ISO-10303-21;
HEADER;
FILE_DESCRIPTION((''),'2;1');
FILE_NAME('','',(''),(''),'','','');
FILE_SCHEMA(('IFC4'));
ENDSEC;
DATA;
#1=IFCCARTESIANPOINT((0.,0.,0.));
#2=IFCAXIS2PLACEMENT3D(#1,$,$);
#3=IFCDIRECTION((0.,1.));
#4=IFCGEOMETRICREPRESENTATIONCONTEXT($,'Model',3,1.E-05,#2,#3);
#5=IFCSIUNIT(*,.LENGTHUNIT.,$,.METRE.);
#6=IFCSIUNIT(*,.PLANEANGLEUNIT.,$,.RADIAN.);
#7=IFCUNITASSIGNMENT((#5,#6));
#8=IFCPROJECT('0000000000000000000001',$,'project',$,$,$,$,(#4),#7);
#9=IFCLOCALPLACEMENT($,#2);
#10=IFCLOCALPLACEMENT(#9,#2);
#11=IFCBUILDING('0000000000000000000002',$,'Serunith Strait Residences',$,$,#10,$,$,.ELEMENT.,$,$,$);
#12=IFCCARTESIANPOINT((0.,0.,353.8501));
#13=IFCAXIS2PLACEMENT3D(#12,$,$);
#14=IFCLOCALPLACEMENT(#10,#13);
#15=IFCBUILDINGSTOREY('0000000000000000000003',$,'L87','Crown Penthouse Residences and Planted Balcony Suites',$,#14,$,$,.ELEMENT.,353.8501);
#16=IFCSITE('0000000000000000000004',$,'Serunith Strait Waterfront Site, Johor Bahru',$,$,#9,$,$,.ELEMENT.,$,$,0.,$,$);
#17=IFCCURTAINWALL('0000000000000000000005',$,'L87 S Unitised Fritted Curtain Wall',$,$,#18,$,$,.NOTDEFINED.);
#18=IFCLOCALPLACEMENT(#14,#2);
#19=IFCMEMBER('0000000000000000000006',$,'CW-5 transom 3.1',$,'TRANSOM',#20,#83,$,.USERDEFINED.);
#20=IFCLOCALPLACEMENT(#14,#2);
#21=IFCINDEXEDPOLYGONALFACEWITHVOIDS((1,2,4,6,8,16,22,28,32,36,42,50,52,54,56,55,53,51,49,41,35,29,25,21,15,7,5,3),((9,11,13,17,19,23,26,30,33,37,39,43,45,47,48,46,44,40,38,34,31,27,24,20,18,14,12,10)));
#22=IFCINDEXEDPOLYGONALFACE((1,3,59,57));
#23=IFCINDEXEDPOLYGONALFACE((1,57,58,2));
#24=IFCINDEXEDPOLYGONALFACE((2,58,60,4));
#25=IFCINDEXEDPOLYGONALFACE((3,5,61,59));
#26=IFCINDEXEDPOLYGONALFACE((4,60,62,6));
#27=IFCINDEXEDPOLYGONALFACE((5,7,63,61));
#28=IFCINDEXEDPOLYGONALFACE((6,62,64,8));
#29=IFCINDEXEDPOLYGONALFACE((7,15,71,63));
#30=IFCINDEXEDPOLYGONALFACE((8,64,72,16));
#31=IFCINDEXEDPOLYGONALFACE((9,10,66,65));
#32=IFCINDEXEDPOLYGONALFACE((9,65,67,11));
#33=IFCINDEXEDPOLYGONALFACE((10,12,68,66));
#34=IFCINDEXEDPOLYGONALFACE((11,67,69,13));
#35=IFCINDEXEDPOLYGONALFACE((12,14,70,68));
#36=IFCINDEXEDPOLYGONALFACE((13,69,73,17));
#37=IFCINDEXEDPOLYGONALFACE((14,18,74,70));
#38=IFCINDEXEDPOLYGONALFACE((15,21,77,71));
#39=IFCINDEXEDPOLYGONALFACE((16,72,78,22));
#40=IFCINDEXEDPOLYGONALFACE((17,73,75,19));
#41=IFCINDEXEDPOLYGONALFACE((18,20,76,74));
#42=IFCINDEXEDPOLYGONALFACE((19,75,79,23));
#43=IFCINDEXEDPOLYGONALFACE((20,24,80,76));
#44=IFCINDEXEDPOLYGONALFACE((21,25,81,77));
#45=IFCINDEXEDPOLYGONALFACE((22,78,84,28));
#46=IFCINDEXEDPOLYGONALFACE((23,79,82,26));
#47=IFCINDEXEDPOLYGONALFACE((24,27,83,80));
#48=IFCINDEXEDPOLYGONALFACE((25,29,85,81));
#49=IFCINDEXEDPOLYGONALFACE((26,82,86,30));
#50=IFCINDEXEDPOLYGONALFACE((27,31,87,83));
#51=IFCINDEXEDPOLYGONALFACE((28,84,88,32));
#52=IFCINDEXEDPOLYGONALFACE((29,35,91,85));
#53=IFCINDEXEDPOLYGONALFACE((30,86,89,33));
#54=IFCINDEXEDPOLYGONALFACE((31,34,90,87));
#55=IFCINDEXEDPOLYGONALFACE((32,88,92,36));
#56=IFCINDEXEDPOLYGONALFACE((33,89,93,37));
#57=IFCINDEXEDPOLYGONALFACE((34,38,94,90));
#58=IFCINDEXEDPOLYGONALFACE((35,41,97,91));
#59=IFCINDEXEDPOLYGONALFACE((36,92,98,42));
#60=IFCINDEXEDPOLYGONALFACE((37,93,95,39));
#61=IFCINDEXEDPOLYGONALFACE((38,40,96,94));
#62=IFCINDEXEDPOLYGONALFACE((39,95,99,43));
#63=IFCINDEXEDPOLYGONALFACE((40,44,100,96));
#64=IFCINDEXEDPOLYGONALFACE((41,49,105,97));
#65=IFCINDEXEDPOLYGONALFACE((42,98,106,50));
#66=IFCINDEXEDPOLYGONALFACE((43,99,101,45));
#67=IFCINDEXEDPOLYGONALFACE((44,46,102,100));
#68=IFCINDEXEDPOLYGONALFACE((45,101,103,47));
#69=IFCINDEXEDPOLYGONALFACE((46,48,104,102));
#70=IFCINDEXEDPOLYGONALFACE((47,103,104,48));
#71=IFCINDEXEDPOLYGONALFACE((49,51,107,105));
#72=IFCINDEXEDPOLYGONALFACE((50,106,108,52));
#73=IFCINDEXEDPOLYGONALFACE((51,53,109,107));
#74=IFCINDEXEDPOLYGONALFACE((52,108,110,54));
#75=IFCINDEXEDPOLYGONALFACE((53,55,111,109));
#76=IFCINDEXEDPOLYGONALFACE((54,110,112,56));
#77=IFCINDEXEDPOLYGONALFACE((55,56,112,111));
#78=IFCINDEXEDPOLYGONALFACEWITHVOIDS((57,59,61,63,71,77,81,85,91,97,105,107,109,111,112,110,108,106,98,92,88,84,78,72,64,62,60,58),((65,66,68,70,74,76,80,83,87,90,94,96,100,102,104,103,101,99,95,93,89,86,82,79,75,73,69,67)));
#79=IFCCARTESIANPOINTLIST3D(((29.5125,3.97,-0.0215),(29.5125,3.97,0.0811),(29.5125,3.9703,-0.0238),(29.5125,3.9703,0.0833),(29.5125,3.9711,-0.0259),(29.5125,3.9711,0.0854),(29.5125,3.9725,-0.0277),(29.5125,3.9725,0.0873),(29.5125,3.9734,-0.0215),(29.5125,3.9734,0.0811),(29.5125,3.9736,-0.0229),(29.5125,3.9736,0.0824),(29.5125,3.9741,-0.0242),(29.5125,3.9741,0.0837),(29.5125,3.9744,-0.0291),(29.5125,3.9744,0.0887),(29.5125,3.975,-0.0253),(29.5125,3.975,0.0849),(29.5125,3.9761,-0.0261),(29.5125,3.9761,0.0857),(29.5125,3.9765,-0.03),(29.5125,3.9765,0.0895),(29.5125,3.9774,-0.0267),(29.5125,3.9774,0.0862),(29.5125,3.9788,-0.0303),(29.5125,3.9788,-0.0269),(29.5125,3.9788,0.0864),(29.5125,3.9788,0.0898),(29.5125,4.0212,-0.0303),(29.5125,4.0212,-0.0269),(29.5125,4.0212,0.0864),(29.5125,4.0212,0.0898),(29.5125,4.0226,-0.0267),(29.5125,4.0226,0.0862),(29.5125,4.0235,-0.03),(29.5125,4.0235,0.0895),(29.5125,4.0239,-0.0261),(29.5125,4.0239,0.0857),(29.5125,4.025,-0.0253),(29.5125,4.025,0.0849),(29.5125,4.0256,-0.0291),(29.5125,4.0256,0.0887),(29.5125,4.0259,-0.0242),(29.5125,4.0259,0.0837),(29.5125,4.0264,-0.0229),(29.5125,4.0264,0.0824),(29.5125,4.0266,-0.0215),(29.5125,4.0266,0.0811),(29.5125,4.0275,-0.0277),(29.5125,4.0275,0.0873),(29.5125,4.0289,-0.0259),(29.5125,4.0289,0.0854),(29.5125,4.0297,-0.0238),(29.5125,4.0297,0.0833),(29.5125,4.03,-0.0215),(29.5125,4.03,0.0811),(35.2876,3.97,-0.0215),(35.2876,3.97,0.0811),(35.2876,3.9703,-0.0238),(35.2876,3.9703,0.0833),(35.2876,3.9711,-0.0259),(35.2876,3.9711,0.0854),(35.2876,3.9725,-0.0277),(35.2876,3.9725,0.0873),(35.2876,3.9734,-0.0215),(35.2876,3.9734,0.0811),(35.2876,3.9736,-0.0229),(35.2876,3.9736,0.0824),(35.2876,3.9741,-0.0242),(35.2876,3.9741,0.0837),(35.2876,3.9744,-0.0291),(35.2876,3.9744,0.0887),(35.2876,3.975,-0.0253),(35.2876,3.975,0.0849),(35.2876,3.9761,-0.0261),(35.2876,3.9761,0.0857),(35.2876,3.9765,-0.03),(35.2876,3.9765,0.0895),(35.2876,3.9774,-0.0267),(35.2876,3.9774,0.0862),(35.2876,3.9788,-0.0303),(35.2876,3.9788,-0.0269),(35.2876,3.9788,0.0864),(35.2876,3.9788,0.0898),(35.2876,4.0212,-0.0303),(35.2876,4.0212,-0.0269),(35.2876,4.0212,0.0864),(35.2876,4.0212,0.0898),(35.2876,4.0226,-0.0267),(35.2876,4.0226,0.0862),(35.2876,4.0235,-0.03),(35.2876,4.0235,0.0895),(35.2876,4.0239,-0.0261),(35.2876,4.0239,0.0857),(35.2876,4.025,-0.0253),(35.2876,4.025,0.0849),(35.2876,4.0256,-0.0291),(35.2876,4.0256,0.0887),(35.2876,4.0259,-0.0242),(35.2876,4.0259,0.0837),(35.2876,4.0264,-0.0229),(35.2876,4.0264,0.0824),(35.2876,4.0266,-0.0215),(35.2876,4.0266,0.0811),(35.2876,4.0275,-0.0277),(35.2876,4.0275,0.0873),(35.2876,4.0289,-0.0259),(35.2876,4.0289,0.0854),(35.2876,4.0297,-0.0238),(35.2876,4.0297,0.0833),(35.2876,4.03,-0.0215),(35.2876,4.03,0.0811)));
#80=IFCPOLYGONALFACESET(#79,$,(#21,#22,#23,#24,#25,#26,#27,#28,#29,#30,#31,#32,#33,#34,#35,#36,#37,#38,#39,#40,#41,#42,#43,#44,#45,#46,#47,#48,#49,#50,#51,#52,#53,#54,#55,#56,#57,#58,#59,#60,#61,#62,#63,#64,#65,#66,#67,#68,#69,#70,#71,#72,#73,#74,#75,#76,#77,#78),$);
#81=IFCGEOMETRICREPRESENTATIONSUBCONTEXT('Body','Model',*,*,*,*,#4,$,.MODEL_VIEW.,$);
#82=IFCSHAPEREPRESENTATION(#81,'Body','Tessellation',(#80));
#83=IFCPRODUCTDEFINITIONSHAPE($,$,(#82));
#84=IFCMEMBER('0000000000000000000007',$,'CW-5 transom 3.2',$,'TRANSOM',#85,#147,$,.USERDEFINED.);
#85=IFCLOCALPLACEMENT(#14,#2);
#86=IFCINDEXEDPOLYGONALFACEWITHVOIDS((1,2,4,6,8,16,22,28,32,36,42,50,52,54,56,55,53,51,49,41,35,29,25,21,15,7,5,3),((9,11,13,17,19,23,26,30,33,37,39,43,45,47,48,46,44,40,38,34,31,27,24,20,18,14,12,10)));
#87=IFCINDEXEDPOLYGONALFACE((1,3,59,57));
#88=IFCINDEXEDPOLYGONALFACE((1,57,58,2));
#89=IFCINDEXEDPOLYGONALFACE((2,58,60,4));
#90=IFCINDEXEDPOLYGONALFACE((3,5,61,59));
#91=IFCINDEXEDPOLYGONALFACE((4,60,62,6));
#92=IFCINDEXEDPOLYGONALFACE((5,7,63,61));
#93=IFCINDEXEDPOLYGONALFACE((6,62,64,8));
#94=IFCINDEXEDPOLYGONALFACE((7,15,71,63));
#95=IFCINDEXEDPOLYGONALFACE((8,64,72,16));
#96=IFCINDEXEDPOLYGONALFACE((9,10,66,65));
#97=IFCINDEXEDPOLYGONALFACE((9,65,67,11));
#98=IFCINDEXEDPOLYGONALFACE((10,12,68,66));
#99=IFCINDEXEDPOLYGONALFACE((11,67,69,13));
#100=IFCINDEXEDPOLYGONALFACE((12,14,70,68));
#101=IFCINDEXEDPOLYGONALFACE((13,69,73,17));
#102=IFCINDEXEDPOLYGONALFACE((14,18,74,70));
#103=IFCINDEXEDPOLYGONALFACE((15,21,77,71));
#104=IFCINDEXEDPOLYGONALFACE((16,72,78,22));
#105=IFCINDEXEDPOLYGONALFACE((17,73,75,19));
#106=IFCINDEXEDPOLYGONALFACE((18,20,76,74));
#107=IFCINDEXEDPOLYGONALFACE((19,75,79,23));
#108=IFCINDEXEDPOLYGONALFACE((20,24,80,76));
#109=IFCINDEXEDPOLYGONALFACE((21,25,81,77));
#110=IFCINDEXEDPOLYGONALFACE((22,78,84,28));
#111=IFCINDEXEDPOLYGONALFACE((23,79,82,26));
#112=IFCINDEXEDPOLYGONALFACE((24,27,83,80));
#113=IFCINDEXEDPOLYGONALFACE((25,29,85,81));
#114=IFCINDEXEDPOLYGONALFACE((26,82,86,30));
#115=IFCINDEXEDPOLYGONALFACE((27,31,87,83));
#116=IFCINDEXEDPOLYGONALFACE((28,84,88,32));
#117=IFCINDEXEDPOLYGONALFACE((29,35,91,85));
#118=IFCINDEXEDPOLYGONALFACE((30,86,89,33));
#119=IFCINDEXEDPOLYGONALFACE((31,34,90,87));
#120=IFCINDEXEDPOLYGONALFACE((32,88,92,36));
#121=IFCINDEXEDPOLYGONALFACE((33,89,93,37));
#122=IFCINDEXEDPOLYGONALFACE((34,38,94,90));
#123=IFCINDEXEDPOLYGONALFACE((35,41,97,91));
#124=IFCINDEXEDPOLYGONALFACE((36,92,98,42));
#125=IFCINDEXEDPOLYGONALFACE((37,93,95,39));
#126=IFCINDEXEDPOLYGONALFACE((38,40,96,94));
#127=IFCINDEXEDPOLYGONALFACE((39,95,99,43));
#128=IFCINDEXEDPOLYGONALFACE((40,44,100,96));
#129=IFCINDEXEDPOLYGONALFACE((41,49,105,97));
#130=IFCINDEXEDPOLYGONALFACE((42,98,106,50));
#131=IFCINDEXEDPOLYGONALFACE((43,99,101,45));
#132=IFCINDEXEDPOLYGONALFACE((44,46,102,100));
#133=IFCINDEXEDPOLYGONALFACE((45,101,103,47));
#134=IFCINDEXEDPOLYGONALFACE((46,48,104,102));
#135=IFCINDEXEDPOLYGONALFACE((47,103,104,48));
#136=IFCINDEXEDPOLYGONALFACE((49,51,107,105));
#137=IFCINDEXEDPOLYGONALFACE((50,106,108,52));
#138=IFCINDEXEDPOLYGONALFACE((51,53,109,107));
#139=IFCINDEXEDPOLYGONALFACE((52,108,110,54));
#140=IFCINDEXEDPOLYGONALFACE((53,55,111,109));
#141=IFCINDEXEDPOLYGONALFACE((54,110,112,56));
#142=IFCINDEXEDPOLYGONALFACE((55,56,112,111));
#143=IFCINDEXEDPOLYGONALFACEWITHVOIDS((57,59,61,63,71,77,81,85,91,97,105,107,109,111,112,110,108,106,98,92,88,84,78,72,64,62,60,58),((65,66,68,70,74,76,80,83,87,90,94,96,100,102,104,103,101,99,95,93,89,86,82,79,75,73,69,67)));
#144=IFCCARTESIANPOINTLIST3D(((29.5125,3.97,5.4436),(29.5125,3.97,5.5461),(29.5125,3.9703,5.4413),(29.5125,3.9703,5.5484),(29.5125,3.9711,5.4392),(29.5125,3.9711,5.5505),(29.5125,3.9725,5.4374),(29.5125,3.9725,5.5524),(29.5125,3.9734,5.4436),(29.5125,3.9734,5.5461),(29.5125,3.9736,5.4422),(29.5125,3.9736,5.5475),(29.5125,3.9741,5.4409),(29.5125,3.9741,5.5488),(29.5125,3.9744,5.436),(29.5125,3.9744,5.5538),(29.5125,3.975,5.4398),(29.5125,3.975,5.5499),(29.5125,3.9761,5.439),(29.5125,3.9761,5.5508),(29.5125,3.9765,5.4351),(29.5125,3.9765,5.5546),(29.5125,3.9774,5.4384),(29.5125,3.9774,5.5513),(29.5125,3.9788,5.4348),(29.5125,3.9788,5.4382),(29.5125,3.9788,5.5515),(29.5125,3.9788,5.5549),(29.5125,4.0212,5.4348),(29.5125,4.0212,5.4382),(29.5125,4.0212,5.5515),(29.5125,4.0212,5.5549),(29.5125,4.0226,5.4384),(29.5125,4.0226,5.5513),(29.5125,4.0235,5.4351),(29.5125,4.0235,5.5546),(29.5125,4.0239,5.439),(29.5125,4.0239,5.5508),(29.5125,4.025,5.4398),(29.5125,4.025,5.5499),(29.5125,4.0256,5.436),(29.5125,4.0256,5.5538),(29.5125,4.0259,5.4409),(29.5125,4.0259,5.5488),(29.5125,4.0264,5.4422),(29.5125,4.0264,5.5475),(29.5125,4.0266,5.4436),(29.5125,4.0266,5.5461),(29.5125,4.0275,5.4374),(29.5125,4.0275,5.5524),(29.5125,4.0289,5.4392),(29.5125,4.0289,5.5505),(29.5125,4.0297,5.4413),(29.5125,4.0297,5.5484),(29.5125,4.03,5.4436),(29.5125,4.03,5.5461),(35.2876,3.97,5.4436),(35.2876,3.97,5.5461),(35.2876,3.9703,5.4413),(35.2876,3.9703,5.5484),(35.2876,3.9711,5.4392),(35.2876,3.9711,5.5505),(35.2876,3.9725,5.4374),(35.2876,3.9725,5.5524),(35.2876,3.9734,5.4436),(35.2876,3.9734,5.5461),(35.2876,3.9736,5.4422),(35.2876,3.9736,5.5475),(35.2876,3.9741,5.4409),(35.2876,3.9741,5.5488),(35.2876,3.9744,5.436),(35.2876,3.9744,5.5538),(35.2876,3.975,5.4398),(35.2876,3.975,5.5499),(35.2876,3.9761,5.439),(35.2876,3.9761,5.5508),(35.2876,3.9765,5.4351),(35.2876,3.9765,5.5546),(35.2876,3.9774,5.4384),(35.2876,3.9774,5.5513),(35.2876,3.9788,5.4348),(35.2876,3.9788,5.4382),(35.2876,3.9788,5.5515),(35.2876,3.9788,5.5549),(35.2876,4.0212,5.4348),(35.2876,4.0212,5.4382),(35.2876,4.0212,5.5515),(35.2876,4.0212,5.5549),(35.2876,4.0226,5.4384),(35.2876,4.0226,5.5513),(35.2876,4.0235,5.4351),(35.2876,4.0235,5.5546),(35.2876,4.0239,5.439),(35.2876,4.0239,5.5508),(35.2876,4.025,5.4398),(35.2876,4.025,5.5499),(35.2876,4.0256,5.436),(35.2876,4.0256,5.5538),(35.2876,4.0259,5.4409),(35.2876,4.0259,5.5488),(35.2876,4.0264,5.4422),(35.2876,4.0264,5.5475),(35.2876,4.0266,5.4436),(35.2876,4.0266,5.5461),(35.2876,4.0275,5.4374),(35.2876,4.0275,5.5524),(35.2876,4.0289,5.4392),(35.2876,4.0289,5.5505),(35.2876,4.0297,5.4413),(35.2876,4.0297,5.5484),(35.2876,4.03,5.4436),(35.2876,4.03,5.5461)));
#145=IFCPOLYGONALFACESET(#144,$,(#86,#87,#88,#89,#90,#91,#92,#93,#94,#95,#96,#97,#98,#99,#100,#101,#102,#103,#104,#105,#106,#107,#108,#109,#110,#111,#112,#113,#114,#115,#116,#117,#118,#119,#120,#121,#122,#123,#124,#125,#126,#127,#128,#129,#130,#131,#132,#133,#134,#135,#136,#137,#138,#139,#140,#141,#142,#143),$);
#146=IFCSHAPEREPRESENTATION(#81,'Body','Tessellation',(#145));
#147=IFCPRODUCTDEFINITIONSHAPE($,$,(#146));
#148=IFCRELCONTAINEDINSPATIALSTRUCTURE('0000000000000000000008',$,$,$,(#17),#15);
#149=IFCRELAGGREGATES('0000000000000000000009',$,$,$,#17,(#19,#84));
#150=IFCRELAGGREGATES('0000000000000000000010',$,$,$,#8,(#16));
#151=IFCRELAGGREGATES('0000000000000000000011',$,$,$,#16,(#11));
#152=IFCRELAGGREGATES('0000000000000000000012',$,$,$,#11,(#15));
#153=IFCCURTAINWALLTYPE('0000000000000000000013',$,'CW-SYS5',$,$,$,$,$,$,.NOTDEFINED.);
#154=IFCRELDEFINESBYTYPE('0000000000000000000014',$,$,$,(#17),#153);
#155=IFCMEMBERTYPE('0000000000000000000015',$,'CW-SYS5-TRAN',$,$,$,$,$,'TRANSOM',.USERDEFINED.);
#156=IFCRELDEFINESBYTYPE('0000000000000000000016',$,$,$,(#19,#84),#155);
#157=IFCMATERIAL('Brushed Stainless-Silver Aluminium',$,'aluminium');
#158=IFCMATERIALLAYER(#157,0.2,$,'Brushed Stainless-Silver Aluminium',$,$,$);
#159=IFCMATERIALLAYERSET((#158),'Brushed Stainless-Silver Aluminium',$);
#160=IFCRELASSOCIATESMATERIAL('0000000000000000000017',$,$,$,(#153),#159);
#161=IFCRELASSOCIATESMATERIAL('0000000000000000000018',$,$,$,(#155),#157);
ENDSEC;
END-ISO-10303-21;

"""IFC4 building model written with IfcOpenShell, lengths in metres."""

from ifc_helpers import new_model, si_unit, direction, frame, origin, origin_2d, place, context, subcontext, project, spatial, hollow_rectangle, extrude, source, transform, mapped, material, layer, layer_set, material_profile, profile_set, type_object, element, aggregate, save


model = new_model("IFC4")

# Units and contexts
model_context = context("Model", 3, precision=1e-05, world=origin(), true_north=direction((0.0, 1.0)))
body_context = subcontext(model_context, "Body", "Model", "MODEL_VIEW")
ifc_project = project(units=[si_unit("LENGTHUNIT", "METRE"), si_unit("PLANEANGLEUNIT", "RADIAN")], contexts=[model_context])

# Site, building, storey
site_placement = place(None, origin())
site = spatial("IfcSite", under=ifc_project, at=site_placement, Name="Serunith Strait Waterfront Site, Johor Bahru", CompositionType="ELEMENT", RefElevation=0.0)
building_placement = place(site_placement, origin())
building = spatial("IfcBuilding", under=site, at=building_placement, Name="Serunith Strait Residences", CompositionType="ELEMENT")
storey_placement = place(building_placement, frame((0.0, 0.0, 353.8501)))
storey = spatial("IfcBuildingStorey", under=building, at=storey_placement, Name="L87", Description="Crown Penthouse Residences and Planted Balcony Suites", CompositionType="ELEMENT", Elevation=353.8501)

# Curtain wall, members
ifc_material_1 = material(Name="Brushed Stainless-Silver Aluminium", Category="aluminium")
ifc_layer_1 = layer(ifc_material_1, 0.2, Name="Brushed Stainless-Silver Aluminium")
ifc_layer_set_1 = layer_set([ifc_layer_1], Name="Brushed Stainless-Silver Aluminium")
curtain_wall_type = type_object("IfcCurtainWallType", Name="CW-SYS5", PredefinedType="NOTDEFINED", material=ifc_layer_set_1)
curtain_wall_placement = place(storey_placement, origin())
curtain_wall = element("IfcCurtainWall", 1, at=curtain_wall_placement, inside=storey, type_object=curtain_wall_type, Name="L87 S Unitised Fritted Curtain Wall", PredefinedType="NOTDEFINED")
ifc_material_profile_1 = material_profile(ifc_material_1, hollow_rectangle(XDim=0.0601, YDim=0.1201, WallThickness=0.0034, InnerFilletRadius=0.0054, OuterFilletRadius=0.0088, at=origin_2d()), Name="ALU 120x60x3.5")
ifc_profile_set_1 = profile_set([ifc_material_profile_1], Name="Brushed Stainless-Silver Aluminium")
member_type_1 = type_object("IfcMemberType", Name="CW-SYS5-TRAN", ElementType="TRANSOM", PredefinedType="USERDEFINED", material=ifc_profile_set_1)
shared_shape_1 = source(origin(), body_context, "Body", "SweptSolid", [
    extrude(hollow_rectangle(XDim=0.0601, YDim=0.1201, WallThickness=0.0034, InnerFilletRadius=0.0054, OuterFilletRadius=0.0088, at=origin_2d()), origin(), (0.0, 0.0, 1.0), 5.7751),
])
member_1_placement = place(storey_placement, frame((29.5125, 4.0, 0.0298), z_axis=(1.0, 0.0, 0.0), x_axis=(0.0, 1.0, 0.0)))
member_1 = element("IfcMember", 2, at=member_1_placement, type_object=member_type_1, Name="CW-5 transom 3.1", ObjectType="TRANSOM", PredefinedType="USERDEFINED", context=body_context, shape_type="MappedRepresentation", body=[
    mapped(shared_shape_1, transform((0.0, 0.0, 0.0), scale=1.0)),
])
member_2_placement = place(storey_placement, frame((29.5125, 4.0, 5.4949), z_axis=(1.0, 0.0, 0.0), x_axis=(0.0, 1.0, 0.0)))
member_2 = element("IfcMember", 3, at=member_2_placement, type_object=member_type_1, Name="CW-5 transom 3.2", ObjectType="TRANSOM", PredefinedType="USERDEFINED", context=body_context, shape_type="MappedRepresentation", body=[
    mapped(shared_shape_1, transform((0.0, 0.0, 0.0), scale=1.0)),
])
aggregate(curtain_wall, [member_1, member_2])

save(model, "model.ifc")
